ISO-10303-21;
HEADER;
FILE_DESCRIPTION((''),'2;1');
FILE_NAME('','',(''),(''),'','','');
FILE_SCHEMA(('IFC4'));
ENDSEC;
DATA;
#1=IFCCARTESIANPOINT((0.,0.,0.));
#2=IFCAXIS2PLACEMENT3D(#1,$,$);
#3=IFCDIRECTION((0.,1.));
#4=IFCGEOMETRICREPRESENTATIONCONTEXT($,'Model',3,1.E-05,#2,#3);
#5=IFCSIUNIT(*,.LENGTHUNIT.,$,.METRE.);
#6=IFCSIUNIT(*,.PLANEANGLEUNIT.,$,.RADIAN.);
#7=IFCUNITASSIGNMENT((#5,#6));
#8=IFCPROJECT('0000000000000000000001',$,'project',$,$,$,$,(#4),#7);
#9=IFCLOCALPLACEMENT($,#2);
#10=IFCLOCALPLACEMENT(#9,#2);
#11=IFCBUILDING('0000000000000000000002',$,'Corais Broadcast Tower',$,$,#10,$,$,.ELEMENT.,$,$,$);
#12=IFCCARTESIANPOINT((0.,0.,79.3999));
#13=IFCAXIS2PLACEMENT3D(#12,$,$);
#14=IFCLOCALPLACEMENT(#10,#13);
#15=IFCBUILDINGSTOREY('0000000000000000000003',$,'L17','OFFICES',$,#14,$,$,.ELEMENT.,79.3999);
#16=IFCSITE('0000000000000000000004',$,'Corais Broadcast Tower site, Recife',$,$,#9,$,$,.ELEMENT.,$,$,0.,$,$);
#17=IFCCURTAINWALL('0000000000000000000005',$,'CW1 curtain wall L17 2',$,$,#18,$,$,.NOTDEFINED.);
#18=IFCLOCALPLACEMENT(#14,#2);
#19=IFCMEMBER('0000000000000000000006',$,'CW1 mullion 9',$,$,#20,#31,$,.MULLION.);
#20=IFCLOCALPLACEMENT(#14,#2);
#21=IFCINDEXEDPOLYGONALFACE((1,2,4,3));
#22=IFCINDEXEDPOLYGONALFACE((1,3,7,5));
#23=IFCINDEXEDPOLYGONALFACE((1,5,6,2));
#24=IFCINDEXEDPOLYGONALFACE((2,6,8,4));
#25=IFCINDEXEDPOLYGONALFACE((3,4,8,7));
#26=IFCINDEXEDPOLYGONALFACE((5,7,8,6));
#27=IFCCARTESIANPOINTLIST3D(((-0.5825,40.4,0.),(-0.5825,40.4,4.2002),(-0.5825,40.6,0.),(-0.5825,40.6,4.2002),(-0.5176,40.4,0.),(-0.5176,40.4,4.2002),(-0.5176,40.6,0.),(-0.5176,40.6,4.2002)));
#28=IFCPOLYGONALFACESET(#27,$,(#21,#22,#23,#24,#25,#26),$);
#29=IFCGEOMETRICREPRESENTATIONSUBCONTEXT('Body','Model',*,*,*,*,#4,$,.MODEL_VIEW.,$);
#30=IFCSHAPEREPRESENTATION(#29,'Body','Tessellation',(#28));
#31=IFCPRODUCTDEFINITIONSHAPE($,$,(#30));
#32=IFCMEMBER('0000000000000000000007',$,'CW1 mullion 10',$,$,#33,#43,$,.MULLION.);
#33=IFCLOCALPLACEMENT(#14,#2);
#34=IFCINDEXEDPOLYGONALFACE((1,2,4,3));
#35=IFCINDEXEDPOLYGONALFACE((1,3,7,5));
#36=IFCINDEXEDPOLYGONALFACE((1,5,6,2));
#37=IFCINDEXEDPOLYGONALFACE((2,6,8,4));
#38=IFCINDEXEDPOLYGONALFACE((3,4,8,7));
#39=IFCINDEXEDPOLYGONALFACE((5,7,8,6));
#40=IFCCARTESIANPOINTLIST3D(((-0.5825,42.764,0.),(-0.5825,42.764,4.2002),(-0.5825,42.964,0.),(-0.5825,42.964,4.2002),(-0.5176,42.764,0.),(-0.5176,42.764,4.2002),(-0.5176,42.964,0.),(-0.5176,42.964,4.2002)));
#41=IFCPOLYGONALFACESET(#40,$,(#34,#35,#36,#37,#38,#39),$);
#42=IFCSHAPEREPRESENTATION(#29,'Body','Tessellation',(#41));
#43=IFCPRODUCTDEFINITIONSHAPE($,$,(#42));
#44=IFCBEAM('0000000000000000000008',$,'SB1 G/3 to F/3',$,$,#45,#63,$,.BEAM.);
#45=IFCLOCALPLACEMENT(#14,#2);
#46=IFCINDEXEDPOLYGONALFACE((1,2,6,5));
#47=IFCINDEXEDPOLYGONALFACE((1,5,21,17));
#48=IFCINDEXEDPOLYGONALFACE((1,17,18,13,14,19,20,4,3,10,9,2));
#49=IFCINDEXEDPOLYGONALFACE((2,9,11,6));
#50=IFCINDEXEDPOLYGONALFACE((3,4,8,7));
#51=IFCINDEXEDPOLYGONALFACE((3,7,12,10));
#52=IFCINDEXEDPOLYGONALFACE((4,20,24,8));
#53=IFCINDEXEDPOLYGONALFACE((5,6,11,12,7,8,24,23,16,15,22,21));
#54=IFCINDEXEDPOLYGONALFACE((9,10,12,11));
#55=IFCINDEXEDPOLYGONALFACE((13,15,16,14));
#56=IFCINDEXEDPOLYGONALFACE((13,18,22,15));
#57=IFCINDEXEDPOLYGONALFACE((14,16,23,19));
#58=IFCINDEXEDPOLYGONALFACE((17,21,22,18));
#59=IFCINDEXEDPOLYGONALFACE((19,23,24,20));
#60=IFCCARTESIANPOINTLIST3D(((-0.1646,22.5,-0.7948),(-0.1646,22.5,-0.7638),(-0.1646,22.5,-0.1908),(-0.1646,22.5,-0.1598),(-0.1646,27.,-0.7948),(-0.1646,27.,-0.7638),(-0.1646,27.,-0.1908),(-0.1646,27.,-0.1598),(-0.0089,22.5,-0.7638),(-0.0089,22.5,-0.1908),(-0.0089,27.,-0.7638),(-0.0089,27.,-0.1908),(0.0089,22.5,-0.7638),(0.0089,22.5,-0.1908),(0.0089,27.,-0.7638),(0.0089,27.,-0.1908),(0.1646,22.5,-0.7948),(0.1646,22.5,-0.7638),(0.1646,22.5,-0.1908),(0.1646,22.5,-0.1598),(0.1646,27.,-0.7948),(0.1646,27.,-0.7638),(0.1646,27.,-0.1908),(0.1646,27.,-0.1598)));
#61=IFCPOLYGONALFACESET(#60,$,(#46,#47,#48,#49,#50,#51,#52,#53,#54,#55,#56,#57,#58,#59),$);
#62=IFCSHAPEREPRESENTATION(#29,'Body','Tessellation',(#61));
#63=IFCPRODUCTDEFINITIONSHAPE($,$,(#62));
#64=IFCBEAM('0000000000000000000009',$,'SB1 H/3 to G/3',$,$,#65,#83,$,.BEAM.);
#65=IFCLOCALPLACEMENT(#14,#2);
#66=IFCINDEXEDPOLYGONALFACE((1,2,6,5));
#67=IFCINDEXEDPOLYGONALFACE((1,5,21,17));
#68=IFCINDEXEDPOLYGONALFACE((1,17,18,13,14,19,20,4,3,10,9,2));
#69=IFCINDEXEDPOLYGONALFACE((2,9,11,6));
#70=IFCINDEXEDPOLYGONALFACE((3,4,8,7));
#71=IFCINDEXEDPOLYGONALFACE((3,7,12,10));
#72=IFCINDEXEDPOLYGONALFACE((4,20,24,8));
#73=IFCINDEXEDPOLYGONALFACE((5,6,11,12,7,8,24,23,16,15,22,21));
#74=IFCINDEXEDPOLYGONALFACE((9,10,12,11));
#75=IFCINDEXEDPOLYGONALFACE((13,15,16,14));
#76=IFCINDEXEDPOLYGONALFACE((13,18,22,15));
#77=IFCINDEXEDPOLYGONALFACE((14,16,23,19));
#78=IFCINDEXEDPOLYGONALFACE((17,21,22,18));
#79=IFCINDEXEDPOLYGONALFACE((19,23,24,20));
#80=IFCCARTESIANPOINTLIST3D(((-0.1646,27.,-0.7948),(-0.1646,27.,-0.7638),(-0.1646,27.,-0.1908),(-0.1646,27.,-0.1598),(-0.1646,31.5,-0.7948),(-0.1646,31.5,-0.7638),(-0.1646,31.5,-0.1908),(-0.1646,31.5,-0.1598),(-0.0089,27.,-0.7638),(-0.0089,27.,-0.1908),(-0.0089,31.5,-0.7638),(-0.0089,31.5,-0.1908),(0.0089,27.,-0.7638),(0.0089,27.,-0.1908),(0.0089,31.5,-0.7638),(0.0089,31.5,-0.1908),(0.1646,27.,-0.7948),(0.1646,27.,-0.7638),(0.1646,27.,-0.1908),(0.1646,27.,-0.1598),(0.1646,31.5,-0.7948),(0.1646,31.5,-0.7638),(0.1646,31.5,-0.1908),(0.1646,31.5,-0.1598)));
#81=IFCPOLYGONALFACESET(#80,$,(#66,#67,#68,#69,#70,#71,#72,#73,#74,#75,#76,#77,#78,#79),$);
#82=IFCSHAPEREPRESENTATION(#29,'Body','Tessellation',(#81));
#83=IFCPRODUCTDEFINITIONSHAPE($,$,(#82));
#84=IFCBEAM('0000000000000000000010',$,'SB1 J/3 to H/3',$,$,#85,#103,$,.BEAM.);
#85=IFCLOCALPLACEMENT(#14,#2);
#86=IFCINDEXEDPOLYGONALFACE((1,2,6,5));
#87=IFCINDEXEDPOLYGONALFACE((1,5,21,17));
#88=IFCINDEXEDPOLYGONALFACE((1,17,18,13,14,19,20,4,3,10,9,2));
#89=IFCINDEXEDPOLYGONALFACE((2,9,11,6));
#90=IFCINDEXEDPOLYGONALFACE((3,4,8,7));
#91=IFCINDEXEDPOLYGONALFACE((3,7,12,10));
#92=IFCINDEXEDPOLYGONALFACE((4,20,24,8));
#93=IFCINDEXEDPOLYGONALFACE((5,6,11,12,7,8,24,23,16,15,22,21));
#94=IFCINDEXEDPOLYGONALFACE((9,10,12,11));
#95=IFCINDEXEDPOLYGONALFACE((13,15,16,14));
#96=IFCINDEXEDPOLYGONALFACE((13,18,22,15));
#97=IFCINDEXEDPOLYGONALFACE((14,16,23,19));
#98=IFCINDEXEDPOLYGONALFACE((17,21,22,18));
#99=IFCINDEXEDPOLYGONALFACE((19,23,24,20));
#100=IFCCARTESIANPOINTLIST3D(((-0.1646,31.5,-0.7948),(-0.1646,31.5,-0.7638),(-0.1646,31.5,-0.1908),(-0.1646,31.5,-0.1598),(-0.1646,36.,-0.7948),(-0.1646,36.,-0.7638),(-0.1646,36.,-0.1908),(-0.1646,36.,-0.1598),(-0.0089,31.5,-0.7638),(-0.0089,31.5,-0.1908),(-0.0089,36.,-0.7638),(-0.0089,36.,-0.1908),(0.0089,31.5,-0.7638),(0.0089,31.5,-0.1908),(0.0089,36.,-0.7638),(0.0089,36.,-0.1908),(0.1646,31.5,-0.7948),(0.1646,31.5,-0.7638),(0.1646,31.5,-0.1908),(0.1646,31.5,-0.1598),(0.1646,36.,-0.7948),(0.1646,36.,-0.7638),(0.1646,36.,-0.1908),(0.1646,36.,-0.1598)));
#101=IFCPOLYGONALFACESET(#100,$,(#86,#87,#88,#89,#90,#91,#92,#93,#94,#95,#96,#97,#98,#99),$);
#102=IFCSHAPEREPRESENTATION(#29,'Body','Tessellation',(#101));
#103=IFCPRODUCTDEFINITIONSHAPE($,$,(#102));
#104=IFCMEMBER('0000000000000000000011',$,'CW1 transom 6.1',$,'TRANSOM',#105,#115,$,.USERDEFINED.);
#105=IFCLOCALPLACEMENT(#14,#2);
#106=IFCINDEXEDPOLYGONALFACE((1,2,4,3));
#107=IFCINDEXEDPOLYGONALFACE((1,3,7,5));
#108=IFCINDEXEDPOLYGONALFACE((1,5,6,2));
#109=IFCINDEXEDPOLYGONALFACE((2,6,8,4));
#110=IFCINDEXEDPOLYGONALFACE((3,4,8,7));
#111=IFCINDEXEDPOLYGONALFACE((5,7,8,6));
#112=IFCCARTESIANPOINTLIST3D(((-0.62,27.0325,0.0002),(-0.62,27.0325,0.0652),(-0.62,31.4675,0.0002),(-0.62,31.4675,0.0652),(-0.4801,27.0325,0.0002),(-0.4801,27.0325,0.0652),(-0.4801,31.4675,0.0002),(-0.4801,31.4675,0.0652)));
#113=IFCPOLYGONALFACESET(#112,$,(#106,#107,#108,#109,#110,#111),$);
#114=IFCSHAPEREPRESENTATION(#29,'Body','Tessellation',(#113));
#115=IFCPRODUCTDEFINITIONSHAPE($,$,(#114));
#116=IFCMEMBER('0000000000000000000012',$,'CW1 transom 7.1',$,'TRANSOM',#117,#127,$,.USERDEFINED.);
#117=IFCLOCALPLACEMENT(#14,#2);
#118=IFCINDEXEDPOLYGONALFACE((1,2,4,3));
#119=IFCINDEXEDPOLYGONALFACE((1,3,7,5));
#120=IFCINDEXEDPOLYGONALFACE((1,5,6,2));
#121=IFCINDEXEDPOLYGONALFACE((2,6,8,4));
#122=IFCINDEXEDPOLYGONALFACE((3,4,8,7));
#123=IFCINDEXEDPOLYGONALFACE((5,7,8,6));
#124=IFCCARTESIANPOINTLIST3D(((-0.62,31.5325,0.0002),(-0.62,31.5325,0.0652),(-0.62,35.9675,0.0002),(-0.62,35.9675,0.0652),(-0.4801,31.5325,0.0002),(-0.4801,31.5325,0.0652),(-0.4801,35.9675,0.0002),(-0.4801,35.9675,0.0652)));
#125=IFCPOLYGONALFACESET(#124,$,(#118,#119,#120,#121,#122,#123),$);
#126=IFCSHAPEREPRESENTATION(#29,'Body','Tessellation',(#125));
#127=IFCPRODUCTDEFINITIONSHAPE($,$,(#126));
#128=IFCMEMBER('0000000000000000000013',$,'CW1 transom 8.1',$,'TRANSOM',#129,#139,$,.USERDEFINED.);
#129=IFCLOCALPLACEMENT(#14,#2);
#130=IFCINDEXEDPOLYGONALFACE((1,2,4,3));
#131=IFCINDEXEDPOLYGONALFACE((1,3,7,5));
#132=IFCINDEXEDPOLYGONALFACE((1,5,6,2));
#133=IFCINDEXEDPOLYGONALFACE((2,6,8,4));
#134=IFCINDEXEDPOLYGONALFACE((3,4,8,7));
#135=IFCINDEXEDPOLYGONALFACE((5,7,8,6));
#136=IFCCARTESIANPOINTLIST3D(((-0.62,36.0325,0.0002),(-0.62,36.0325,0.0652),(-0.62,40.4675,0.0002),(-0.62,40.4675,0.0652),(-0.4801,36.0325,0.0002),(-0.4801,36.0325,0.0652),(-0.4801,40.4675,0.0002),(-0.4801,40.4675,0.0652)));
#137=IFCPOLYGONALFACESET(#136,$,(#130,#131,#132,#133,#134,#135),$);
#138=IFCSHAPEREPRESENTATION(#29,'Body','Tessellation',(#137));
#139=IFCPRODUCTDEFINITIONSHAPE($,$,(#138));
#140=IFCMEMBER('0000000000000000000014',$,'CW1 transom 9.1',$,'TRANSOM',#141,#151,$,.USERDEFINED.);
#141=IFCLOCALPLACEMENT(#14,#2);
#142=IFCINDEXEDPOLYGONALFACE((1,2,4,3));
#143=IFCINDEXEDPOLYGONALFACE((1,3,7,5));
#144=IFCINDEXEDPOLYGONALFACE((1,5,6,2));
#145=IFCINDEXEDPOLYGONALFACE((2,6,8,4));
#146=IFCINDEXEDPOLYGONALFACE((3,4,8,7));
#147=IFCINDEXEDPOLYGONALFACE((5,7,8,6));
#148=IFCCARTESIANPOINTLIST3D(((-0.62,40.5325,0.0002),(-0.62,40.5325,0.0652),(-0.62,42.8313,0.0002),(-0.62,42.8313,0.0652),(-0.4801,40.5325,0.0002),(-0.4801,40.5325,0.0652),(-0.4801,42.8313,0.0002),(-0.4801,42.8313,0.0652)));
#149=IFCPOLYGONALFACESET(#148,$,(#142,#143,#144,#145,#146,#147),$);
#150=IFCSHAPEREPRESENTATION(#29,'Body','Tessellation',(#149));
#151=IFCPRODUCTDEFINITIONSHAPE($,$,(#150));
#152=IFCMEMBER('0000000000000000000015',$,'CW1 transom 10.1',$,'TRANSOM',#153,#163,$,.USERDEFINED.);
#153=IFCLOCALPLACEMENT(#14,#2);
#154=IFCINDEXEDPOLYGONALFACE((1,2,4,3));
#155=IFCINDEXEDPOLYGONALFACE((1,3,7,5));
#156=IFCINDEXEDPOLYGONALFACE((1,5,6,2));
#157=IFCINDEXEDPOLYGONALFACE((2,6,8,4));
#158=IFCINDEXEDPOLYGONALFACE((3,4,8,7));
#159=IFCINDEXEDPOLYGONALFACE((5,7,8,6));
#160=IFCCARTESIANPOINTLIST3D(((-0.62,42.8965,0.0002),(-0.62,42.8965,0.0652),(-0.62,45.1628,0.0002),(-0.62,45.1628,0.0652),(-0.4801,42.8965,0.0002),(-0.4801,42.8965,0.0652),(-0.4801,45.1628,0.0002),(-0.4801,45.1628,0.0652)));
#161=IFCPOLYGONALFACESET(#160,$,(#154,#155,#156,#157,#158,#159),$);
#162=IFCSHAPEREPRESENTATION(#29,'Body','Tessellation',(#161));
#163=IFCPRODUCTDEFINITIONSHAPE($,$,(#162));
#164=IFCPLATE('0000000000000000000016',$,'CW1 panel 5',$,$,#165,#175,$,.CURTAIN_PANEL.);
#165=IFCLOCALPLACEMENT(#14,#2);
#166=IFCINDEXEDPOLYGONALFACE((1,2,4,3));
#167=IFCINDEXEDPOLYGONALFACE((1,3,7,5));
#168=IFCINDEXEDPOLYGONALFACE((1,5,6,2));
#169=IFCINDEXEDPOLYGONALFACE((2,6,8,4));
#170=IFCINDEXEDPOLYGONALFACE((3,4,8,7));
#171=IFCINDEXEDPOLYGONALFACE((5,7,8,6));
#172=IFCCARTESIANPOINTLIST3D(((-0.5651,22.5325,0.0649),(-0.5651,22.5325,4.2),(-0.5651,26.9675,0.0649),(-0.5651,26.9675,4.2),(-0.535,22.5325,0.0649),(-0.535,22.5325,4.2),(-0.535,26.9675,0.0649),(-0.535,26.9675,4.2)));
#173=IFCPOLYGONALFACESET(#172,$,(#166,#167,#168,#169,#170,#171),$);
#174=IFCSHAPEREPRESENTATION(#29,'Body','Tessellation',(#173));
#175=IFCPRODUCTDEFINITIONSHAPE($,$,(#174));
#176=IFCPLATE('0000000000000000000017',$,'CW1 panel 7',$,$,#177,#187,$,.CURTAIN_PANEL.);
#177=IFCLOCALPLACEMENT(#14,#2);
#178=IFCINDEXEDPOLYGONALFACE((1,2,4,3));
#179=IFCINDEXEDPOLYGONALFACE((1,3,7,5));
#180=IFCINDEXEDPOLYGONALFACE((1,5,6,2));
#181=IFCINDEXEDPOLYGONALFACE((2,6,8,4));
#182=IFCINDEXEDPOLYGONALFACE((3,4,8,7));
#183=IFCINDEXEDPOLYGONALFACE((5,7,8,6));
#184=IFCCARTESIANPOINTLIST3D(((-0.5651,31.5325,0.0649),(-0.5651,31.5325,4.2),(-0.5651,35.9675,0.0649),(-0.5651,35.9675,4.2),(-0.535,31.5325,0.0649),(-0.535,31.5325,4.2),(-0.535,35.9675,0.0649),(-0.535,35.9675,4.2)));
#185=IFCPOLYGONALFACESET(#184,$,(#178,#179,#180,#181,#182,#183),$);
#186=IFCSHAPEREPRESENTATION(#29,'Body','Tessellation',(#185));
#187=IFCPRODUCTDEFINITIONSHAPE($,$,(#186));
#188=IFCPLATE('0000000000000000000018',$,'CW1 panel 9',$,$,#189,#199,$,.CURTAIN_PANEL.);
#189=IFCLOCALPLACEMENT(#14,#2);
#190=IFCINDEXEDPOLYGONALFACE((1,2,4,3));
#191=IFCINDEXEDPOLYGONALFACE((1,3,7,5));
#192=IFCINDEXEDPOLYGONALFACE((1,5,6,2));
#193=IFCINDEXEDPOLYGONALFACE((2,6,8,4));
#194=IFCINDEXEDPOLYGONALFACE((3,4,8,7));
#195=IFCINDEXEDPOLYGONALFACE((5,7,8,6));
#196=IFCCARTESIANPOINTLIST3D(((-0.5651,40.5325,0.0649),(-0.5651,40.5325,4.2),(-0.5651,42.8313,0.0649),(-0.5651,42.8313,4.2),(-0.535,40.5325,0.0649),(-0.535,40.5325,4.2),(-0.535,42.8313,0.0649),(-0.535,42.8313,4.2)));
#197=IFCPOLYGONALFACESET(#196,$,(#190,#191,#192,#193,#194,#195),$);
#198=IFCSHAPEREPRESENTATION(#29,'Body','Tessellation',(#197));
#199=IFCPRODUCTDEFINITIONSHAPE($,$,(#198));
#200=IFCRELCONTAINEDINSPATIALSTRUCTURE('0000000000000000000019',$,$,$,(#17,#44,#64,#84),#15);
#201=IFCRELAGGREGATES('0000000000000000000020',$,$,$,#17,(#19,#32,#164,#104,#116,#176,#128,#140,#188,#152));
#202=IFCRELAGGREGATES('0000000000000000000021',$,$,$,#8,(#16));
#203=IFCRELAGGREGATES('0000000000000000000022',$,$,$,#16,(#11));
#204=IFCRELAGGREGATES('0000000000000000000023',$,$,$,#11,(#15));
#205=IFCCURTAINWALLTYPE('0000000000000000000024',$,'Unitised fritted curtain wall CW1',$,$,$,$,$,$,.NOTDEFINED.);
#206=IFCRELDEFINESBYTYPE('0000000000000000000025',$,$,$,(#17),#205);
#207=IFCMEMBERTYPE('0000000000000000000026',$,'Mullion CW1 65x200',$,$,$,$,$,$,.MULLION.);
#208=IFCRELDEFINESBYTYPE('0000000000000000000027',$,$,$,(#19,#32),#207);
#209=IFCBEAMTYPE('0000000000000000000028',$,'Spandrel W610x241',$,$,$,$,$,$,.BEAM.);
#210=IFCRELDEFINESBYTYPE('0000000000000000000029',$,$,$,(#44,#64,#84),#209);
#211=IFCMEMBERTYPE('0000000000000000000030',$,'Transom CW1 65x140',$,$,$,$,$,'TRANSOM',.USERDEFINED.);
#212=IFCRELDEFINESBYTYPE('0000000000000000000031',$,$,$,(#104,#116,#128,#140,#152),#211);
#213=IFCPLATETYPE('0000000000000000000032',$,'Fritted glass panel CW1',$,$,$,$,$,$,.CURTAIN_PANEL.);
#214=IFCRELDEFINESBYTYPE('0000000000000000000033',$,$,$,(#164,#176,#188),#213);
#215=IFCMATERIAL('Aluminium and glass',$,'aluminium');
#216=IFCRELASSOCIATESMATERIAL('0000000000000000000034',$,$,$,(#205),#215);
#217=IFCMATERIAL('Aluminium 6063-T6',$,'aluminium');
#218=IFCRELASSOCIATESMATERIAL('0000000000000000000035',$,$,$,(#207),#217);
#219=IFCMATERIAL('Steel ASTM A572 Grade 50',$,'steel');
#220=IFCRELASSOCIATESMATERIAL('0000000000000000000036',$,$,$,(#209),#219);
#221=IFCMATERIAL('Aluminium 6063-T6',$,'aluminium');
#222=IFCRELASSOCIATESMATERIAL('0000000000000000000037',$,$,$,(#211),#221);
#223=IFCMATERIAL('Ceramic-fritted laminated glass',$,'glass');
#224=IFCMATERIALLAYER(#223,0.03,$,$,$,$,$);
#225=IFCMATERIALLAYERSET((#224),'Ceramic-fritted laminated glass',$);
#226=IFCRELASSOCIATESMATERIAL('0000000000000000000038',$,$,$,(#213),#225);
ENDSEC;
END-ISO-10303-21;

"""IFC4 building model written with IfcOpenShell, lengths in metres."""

from ifc_helpers import new_model, si_unit, direction, frame, origin, origin_2d, place, context, subcontext, project, spatial, rectangle, i_section, extrude, material, layer, layer_set, material_profile, profile_set, type_object, element, aggregate, save


model = new_model("IFC4")

# Units and contexts
model_context = context("Model", 3, precision=1e-05, world=origin(), true_north=direction((0.0, 1.0)))
body_context = subcontext(model_context, "Body", "Model", "MODEL_VIEW")
ifc_project = project(units=[si_unit("LENGTHUNIT", "METRE"), si_unit("PLANEANGLEUNIT", "RADIAN")], contexts=[model_context])

# Site, building, storey
site_placement = place(None, origin())
site = spatial("IfcSite", under=ifc_project, at=site_placement, Name="Corais Broadcast Tower site, Recife", CompositionType="ELEMENT", RefElevation=0.0)
building_placement = place(site_placement, origin())
building = spatial("IfcBuilding", under=site, at=building_placement, Name="Corais Broadcast Tower", CompositionType="ELEMENT")
storey_placement = place(building_placement, frame((0.0, 0.0, 79.3999)))
storey = spatial("IfcBuildingStorey", under=building, at=storey_placement, Name="L17", Description="OFFICES", CompositionType="ELEMENT", Elevation=79.3999)

# Curtain wall, members
ifc_material_1 = material(Name="Aluminium and glass", Category="aluminium")
curtain_wall_type = type_object("IfcCurtainWallType", Name="Unitised fritted curtain wall CW1", PredefinedType="NOTDEFINED", material=ifc_material_1)
curtain_wall_placement = place(storey_placement, origin())
curtain_wall = element("IfcCurtainWall", 1, at=curtain_wall_placement, inside=storey, type_object=curtain_wall_type, Name="CW1 curtain wall L17 2", PredefinedType="NOTDEFINED")
ifc_material_2 = material(Name="Aluminium 6063-T6", Category="aluminium")
ifc_material_profile_1 = material_profile(ifc_material_2, rectangle(XDim=0.0649, YDim=0.2, at=origin_2d()), Name="Mullion CW1 65x200")
ifc_profile_set_1 = profile_set([ifc_material_profile_1], Name="Aluminium 6063-T6")
member_type_1 = type_object("IfcMemberType", Name="Mullion CW1 65x200", PredefinedType="MULLION", material=ifc_profile_set_1)
member_1_placement = place(storey_placement, frame((-0.55, 40.5, 0.0), z_axis=(0.0, 0.0, 1.0), x_axis=(-1.0, 0.0, 0.0)))
member_1 = element("IfcMember", 2, at=member_1_placement, type_object=member_type_1, Name="CW1 mullion 9", PredefinedType="MULLION", context=body_context, shape_type="SweptSolid", body=[
    extrude(rectangle(XDim=0.0649, YDim=0.2, at=origin_2d()), origin(), (0.0, 0.0, 1.0), 4.2002),
])
member_2_placement = place(storey_placement, frame((-0.55, 42.864, 0.0), z_axis=(0.0, 0.0, 1.0), x_axis=(-1.0, 0.0, 0.0)))
member_2 = element("IfcMember", 3, at=member_2_placement, type_object=member_type_1, Name="CW1 mullion 10", PredefinedType="MULLION", context=body_context, shape_type="SweptSolid", body=[
    extrude(rectangle(XDim=0.0649, YDim=0.2, at=origin_2d()), origin(), (0.0, 0.0, 1.0), 4.2002),
])

# Beams
ifc_material_3 = material(Name="Steel ASTM A572 Grade 50", Category="steel")
ifc_material_profile_2 = material_profile(ifc_material_3, i_section(OverallWidth=0.3291, OverallDepth=0.635, WebThickness=0.0178, FlangeThickness=0.031, at=origin_2d()), Name="W610x241")
ifc_profile_set_2 = profile_set([ifc_material_profile_2], Name="Steel ASTM A572 Grade 50")
beam_type_1 = type_object("IfcBeamType", Name="Spandrel W610x241", PredefinedType="BEAM", material=ifc_profile_set_2)
for number, where, z_axis, x_axis, name in (
    (4, (0.0, 27.0, -0.4773), (0.0, -1.0, 0.0), (1.0, 0.0, 0.0), "SB1 G/3 to F/3"),
    (5, (0.0, 31.5, -0.4773), (0.0, -1.0, 0.0), (1.0, 0.0, 0.0), "SB1 H/3 to G/3"),
    (6, (0.0, 36.0, -0.4773), (0.0, -1.0, 0.0), (1.0, 0.0, 0.0), "SB1 J/3 to H/3"),
):
    element("IfcBeam", number, at=place(storey_placement, frame(where, z_axis=z_axis, x_axis=x_axis)), inside=storey, type_object=beam_type_1, Name=name, PredefinedType="BEAM", context=body_context, shape_type="SweptSolid", body=[
        extrude(i_section(OverallWidth=0.3291, OverallDepth=0.635, WebThickness=0.0178, FlangeThickness=0.031, at=origin_2d()), origin(), (0.0, 0.0, 1.0), 4.5),
    ])

# Members
ifc_material_4 = material(Name="Aluminium 6063-T6", Category="aluminium")
ifc_material_profile_3 = material_profile(ifc_material_4, rectangle(XDim=0.1399, YDim=0.0649, at=origin_2d()), Name="Transom CW1 65x140")
ifc_profile_set_3 = profile_set([ifc_material_profile_3], Name="Aluminium 6063-T6")
member_type_2 = type_object("IfcMemberType", Name="Transom CW1 65x140", ElementType="TRANSOM", PredefinedType="USERDEFINED", material=ifc_profile_set_3)
member_3_placement = place(storey_placement, frame((-0.55, 27.0325, 0.0327), z_axis=(0.0, 1.0, 0.0), x_axis=(-1.0, 0.0, 0.0)))
member_3 = element("IfcMember", 7, at=member_3_placement, type_object=member_type_2, Name="CW1 transom 6.1", ObjectType="TRANSOM", PredefinedType="USERDEFINED", context=body_context, shape_type="SweptSolid", body=[
    extrude(rectangle(XDim=0.1399, YDim=0.0649, at=origin_2d()), origin(), (0.0, 0.0, 1.0), 4.4351),
])
member_4_placement = place(storey_placement, frame((-0.55, 31.5325, 0.0327), z_axis=(0.0, 1.0, 0.0), x_axis=(-1.0, 0.0, 0.0)))
member_4 = element("IfcMember", 8, at=member_4_placement, type_object=member_type_2, Name="CW1 transom 7.1", ObjectType="TRANSOM", PredefinedType="USERDEFINED", context=body_context, shape_type="SweptSolid", body=[
    extrude(rectangle(XDim=0.1399, YDim=0.0649, at=origin_2d()), origin(), (0.0, 0.0, 1.0), 4.4351),
])
member_5_placement = place(storey_placement, frame((-0.55, 36.0325, 0.0327), z_axis=(0.0, 1.0, 0.0), x_axis=(-1.0, 0.0, 0.0)))
member_5 = element("IfcMember", 9, at=member_5_placement, type_object=member_type_2, Name="CW1 transom 8.1", ObjectType="TRANSOM", PredefinedType="USERDEFINED", context=body_context, shape_type="SweptSolid", body=[
    extrude(rectangle(XDim=0.1399, YDim=0.0649, at=origin_2d()), origin(), (0.0, 0.0, 1.0), 4.4351),
])
member_6_placement = place(storey_placement, frame((-0.55, 40.5325, 0.0327), z_axis=(0.0, 1.0, 0.0), x_axis=(-1.0, 0.0, 0.0)))
member_6 = element("IfcMember", 10, at=member_6_placement, type_object=member_type_2, Name="CW1 transom 9.1", ObjectType="TRANSOM", PredefinedType="USERDEFINED", context=body_context, shape_type="SweptSolid", body=[
    extrude(rectangle(XDim=0.1399, YDim=0.0649, at=origin_2d()), origin(), (0.0, 0.0, 1.0), 2.2988),
])
member_7_placement = place(storey_placement, frame((-0.55, 42.8965, 0.0327), z_axis=(0.0, 1.0, 0.0), x_axis=(-1.0, 0.0, 0.0)))
member_7 = element("IfcMember", 11, at=member_7_placement, type_object=member_type_2, Name="CW1 transom 10.1", ObjectType="TRANSOM", PredefinedType="USERDEFINED", context=body_context, shape_type="SweptSolid", body=[
    extrude(rectangle(XDim=0.1399, YDim=0.0649, at=origin_2d()), origin(), (0.0, 0.0, 1.0), 2.2664),
])

# Plates
ifc_material_5 = material(Name="Ceramic-fritted laminated glass", Category="glass")
ifc_layer_1 = layer(ifc_material_5, 0.03)
ifc_layer_set_1 = layer_set([ifc_layer_1], Name="Ceramic-fritted laminated glass")
plate_type_1 = type_object("IfcPlateType", Name="Fritted glass panel CW1", PredefinedType="CURTAIN_PANEL", material=ifc_layer_set_1)
plate_1_placement = place(storey_placement, frame((-0.55, 24.75, 0.0649), z_axis=(0.0, 0.0, 1.0), x_axis=(0.0, 1.0, 0.0)))
plate_1 = element("IfcPlate", 12, at=plate_1_placement, type_object=plate_type_1, Name="CW1 panel 5", PredefinedType="CURTAIN_PANEL", context=body_context, shape_type="SweptSolid", body=[
    extrude(rectangle(XDim=4.4351, YDim=0.03, at=origin_2d()), origin(), (0.0, 0.0, 1.0), 4.135),
])
plate_2_placement = place(storey_placement, frame((-0.55, 33.75, 0.0649), z_axis=(0.0, 0.0, 1.0), x_axis=(0.0, 1.0, 0.0)))
plate_2 = element("IfcPlate", 13, at=plate_2_placement, type_object=plate_type_1, Name="CW1 panel 7", PredefinedType="CURTAIN_PANEL", context=body_context, shape_type="SweptSolid", body=[
    extrude(rectangle(XDim=4.4351, YDim=0.03, at=origin_2d()), origin(), (0.0, 0.0, 1.0), 4.135),
])
plate_3_placement = place(storey_placement, frame((-0.55, 41.6819, 0.0649), z_axis=(0.0, 0.0, 1.0), x_axis=(0.0, 1.0, 0.0)))
plate_3 = element("IfcPlate", 14, at=plate_3_placement, type_object=plate_type_1, Name="CW1 panel 9", PredefinedType="CURTAIN_PANEL", context=body_context, shape_type="SweptSolid", body=[
    extrude(rectangle(XDim=2.2988, YDim=0.03, at=origin_2d()), origin(), (0.0, 0.0, 1.0), 4.135),
])
aggregate(curtain_wall, [member_1, member_2, plate_1, member_3, member_4, plate_2, member_5, member_6, plate_3, member_7])

save(model, "model.ifc")
